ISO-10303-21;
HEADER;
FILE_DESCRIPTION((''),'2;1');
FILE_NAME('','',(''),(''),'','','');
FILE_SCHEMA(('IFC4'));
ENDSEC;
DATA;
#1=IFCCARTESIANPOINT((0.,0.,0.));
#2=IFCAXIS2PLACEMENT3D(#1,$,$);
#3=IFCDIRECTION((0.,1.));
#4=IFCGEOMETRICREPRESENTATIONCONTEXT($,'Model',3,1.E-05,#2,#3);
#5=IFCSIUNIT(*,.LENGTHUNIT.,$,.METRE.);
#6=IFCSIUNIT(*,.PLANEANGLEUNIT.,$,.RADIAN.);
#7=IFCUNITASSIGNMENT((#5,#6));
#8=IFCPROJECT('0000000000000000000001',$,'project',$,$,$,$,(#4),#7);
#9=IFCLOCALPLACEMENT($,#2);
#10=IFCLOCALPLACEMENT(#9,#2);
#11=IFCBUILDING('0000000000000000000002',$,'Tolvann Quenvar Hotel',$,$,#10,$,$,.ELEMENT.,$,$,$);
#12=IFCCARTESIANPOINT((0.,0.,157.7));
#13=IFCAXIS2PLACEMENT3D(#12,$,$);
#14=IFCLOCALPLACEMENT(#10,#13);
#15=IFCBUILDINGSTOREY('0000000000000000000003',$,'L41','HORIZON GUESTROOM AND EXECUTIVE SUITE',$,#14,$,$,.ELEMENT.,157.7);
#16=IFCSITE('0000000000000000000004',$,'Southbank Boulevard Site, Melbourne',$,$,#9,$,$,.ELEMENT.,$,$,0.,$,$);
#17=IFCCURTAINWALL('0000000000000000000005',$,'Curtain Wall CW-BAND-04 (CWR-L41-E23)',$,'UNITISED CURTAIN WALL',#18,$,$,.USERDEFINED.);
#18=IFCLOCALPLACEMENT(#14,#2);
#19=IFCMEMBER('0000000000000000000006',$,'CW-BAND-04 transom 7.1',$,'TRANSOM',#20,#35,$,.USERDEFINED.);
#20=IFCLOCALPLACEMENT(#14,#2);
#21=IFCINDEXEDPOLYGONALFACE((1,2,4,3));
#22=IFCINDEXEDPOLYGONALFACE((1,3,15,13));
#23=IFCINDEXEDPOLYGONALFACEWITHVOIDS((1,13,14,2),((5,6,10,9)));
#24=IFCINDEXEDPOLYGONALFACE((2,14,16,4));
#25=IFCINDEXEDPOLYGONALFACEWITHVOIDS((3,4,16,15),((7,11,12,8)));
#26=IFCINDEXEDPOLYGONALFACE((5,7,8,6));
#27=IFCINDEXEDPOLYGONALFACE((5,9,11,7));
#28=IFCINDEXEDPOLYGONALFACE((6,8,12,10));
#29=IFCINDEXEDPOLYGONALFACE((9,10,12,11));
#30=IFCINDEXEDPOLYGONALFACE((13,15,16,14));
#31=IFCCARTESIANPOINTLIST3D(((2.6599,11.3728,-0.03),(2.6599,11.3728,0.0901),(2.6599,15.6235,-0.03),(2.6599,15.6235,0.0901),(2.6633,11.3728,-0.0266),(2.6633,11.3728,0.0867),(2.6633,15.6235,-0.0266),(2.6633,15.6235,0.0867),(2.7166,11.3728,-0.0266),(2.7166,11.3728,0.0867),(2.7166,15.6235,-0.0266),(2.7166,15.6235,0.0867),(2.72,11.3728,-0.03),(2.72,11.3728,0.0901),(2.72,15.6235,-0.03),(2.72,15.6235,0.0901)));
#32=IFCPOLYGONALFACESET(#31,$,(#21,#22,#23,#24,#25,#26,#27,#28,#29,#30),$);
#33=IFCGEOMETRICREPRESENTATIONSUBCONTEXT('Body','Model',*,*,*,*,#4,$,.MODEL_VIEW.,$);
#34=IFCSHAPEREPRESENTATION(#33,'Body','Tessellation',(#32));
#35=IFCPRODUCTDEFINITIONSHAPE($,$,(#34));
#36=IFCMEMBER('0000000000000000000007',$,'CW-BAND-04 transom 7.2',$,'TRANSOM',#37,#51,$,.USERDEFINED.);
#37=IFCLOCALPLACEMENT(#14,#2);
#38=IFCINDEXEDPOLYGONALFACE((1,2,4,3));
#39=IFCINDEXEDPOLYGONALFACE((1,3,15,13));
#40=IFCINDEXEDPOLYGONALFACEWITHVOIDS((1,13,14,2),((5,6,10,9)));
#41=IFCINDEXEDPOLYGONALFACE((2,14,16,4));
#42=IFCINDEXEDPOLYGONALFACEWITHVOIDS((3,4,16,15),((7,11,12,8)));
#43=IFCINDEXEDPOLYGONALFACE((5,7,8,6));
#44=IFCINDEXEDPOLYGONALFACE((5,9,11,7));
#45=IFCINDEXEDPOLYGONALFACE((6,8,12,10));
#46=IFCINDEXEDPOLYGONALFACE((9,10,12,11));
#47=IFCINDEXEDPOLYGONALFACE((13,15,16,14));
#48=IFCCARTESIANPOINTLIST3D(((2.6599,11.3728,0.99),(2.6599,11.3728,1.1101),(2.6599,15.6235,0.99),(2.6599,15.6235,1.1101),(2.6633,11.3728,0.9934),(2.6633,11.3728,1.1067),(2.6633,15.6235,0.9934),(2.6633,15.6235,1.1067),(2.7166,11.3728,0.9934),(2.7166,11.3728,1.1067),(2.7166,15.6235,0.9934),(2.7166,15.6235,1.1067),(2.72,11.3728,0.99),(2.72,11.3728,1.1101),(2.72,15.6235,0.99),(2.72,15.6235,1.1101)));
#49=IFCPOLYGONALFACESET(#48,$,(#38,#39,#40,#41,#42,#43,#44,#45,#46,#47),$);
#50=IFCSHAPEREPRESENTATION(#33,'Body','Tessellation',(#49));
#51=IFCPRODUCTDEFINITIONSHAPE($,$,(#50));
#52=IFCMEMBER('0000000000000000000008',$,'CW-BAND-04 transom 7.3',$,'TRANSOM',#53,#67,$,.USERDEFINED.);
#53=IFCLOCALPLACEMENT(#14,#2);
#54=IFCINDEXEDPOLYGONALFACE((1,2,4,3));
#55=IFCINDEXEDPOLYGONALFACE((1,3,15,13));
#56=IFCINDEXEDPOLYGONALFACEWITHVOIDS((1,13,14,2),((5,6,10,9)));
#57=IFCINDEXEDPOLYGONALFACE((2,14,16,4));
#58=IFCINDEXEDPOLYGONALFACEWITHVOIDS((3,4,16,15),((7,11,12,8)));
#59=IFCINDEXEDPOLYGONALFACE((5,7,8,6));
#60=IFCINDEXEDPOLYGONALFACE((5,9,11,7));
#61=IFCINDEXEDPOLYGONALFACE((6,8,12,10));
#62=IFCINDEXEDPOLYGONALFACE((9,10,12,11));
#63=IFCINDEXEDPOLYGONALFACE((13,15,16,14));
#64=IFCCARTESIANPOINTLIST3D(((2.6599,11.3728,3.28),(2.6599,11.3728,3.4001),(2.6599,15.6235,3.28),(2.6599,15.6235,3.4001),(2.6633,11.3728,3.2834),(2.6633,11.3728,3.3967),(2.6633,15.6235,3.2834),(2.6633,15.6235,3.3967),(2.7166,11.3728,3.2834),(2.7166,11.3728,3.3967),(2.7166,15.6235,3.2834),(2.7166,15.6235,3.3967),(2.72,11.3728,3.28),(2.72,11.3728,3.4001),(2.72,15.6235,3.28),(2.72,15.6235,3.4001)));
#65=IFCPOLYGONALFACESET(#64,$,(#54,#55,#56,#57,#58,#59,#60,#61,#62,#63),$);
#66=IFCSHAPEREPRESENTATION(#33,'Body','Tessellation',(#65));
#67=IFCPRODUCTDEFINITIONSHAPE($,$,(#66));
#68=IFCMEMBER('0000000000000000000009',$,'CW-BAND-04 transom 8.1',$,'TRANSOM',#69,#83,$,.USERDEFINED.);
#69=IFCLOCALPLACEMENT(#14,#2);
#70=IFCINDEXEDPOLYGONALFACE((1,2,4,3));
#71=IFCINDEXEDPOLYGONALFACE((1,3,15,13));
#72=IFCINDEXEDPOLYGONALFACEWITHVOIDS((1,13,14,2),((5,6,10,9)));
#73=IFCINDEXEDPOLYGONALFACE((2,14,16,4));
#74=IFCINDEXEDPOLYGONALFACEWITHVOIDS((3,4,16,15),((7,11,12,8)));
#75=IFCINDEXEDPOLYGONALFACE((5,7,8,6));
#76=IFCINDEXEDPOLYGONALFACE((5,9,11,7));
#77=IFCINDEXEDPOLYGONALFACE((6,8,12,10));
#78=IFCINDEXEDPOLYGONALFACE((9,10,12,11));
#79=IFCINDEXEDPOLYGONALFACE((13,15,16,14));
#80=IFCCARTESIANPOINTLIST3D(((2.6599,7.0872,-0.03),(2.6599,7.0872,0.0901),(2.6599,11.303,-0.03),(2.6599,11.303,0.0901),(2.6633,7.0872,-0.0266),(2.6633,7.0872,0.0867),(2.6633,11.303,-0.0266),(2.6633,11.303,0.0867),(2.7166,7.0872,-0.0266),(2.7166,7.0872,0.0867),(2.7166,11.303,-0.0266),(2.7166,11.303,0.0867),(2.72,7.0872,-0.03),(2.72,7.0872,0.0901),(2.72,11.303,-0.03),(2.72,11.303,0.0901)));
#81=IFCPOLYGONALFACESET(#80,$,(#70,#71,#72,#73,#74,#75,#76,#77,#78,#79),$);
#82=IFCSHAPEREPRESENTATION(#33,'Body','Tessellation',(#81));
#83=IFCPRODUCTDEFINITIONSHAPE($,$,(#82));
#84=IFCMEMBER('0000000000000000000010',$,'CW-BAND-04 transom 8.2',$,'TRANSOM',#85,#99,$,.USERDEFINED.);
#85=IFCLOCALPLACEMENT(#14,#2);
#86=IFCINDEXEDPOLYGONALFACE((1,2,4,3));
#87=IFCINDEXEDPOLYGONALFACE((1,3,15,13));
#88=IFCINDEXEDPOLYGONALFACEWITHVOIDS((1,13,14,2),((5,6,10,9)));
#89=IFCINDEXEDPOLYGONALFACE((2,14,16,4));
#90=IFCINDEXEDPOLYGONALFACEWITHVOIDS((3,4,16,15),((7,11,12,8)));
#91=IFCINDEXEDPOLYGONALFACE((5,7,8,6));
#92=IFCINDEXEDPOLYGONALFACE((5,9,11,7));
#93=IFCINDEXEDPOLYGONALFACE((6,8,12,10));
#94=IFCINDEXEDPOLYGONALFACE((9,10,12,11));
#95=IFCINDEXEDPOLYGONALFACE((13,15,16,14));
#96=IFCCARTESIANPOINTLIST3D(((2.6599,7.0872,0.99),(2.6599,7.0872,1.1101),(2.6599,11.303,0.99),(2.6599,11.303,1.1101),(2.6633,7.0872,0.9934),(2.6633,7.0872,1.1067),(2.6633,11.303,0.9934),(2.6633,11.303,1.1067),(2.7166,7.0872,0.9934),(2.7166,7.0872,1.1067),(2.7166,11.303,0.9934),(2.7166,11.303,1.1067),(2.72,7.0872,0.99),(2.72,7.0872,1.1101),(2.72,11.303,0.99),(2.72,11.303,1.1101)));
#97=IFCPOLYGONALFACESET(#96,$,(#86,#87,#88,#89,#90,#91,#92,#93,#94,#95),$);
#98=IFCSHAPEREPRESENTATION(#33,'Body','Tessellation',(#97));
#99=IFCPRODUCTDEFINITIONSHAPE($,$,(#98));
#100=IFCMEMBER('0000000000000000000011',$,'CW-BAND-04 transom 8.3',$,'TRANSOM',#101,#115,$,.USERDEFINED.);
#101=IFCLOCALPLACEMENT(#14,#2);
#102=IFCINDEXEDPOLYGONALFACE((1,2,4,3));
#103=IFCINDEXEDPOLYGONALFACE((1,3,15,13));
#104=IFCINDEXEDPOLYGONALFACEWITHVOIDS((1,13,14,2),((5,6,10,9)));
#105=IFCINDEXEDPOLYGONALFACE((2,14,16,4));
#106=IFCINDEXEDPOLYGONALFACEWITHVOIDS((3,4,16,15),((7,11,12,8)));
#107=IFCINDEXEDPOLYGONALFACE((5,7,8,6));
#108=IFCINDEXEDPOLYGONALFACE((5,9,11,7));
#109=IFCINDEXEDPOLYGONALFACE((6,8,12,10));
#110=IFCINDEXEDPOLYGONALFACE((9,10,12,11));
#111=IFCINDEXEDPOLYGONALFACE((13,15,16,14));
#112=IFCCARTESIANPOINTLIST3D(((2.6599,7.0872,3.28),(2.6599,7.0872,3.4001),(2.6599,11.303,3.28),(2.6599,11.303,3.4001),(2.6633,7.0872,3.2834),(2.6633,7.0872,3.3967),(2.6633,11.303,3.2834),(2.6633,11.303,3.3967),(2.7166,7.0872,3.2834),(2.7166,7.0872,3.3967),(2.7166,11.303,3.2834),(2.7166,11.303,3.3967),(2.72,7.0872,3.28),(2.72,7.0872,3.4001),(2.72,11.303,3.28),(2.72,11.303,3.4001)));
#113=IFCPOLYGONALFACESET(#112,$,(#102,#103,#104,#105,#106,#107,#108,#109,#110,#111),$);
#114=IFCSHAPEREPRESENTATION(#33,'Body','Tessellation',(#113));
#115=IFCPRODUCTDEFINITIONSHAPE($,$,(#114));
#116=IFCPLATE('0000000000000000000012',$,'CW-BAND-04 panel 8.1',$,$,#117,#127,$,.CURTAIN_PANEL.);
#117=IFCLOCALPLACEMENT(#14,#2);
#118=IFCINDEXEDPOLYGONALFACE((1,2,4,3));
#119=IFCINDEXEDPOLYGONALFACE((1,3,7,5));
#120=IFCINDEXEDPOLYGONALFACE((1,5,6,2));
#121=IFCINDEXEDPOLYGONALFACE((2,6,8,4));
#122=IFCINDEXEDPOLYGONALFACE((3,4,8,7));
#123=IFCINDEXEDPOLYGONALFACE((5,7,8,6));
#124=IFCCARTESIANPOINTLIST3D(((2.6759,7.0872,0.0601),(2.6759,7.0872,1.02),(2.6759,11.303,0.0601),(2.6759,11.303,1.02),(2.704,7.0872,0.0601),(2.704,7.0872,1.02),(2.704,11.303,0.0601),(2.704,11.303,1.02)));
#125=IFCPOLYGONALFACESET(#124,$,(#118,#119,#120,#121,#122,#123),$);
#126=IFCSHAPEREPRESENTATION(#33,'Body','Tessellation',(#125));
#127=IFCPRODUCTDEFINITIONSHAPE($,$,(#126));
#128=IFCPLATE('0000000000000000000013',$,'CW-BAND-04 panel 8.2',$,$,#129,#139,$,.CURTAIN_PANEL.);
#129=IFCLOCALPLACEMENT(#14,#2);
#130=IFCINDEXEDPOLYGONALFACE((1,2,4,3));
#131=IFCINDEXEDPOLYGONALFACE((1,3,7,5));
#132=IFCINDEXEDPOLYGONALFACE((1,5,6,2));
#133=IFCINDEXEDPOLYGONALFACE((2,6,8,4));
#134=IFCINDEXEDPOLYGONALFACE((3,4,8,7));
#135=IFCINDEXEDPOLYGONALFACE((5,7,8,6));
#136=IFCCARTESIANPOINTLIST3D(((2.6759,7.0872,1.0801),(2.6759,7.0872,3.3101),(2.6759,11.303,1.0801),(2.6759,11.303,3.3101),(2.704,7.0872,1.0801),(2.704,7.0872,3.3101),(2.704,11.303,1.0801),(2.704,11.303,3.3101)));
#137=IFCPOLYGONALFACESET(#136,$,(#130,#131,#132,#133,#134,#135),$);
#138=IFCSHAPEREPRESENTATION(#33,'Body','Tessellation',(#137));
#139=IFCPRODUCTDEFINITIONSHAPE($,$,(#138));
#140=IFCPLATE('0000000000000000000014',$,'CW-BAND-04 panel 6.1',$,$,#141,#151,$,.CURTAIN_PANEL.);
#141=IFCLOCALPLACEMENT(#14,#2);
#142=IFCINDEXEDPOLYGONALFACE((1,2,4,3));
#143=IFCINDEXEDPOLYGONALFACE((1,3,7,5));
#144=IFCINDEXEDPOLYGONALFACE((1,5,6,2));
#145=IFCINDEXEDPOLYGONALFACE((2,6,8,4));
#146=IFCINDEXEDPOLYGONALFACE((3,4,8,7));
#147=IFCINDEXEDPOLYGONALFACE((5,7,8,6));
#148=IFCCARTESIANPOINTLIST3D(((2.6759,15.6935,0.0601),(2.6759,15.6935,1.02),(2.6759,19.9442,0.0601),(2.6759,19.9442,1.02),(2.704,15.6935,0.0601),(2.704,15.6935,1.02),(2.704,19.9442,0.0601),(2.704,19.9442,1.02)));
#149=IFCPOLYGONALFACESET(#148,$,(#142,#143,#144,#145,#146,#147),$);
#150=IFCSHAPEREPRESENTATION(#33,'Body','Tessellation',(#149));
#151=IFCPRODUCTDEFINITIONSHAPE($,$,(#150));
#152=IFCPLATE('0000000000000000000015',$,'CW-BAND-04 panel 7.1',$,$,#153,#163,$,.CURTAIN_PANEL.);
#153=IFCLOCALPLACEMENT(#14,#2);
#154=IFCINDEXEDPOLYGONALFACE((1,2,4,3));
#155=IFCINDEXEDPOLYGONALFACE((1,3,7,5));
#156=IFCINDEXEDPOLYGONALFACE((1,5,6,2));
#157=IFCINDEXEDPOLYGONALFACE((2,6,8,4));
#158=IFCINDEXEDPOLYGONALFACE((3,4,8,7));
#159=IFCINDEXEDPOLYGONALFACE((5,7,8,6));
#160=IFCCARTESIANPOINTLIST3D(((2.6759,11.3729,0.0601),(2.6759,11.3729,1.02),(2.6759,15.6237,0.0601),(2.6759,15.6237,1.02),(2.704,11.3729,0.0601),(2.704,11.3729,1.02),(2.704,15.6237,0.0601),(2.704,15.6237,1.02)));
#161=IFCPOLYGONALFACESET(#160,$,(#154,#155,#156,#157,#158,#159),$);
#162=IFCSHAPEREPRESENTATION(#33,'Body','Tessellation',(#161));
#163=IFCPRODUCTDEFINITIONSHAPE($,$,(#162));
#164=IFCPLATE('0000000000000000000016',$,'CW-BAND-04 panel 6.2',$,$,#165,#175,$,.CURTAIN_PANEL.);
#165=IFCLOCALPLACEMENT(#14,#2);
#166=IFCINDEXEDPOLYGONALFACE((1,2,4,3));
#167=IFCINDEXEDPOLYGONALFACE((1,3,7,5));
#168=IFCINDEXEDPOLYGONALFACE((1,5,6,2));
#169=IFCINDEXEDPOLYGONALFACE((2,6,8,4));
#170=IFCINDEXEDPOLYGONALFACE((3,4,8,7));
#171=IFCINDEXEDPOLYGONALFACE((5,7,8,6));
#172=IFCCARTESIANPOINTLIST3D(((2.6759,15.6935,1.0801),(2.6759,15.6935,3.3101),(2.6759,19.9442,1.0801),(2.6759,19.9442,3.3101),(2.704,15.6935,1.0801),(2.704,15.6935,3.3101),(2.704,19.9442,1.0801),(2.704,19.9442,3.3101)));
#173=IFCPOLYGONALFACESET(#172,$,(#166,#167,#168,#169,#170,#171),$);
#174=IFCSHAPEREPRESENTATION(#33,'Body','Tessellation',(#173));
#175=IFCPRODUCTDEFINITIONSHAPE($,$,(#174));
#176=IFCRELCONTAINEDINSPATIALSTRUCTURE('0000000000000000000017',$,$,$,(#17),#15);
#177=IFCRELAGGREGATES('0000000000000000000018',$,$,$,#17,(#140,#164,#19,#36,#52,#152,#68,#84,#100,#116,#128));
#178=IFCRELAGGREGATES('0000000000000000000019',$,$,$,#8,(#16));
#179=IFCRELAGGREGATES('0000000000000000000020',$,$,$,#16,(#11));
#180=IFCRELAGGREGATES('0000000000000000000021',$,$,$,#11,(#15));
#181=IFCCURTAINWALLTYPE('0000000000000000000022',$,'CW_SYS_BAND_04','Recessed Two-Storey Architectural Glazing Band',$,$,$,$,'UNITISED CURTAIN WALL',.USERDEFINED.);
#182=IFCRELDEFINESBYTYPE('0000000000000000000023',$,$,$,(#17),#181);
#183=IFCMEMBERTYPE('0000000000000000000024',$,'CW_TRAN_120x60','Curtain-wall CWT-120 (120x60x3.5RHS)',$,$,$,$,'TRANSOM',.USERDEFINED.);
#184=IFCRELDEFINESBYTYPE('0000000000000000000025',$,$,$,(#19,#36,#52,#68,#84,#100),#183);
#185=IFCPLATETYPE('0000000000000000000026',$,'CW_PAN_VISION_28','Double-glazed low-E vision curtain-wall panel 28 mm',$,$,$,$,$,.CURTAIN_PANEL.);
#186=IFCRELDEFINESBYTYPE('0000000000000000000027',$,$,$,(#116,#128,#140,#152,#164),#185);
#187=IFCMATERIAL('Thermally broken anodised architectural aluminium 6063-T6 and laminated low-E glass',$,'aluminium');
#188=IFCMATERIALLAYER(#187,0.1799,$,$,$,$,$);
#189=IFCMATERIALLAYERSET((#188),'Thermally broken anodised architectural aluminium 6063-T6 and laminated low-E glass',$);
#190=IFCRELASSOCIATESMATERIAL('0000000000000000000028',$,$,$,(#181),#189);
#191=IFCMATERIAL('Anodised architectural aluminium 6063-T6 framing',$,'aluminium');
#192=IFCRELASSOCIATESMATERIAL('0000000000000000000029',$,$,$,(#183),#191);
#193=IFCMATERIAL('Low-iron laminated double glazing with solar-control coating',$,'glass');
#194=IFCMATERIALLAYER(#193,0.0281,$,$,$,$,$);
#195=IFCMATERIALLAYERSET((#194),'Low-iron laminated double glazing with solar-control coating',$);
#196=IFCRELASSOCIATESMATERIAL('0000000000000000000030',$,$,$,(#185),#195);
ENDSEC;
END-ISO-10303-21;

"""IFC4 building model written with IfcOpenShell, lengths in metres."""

from ifc_helpers import new_model, si_unit, direction, frame, origin, origin_2d, place, context, subcontext, project, spatial, rectangle, hollow_rectangle, extrude, source, transform, mapped, material, layer, layer_set, material_profile, profile_set, type_object, type_shapes, element, aggregate, save


model = new_model("IFC4")

# Units and contexts
model_context = context("Model", 3, precision=1e-05, world=origin(), true_north=direction((0.0, 1.0)))
body_context = subcontext(model_context, "Body", "Model", "MODEL_VIEW")
ifc_project = project(units=[si_unit("LENGTHUNIT", "METRE"), si_unit("PLANEANGLEUNIT", "RADIAN")], contexts=[model_context])

# Site, building, storey
site_placement = place(None, origin())
site = spatial("IfcSite", under=ifc_project, at=site_placement, Name="Southbank Boulevard Site, Melbourne", CompositionType="ELEMENT", RefElevation=0.0)
building_placement = place(site_placement, origin())
building = spatial("IfcBuilding", under=site, at=building_placement, Name="Tolvann Quenvar Hotel", CompositionType="ELEMENT")
storey_placement = place(building_placement, frame((0.0, 0.0, 157.7)))
storey = spatial("IfcBuildingStorey", under=building, at=storey_placement, Name="L41", Description="HORIZON GUESTROOM AND EXECUTIVE SUITE", CompositionType="ELEMENT", Elevation=157.7)

# Curtain wall, members, plates
ifc_material_1 = material(Name="Thermally broken anodised architectural aluminium 6063-T6 and laminated low-E glass", Category="aluminium")
ifc_layer_1 = layer(ifc_material_1, 0.1799)
ifc_layer_set_1 = layer_set([ifc_layer_1], Name="Thermally broken anodised architectural aluminium 6063-T6 and laminated low-E glass")
curtain_wall_type = type_object("IfcCurtainWallType", Name="CW_SYS_BAND_04", Description="Recessed Two-Storey Architectural Glazing Band", ElementType="UNITISED CURTAIN WALL", PredefinedType="USERDEFINED", material=ifc_layer_set_1)
curtain_wall_placement = place(storey_placement, origin())
curtain_wall = element("IfcCurtainWall", 1, at=curtain_wall_placement, inside=storey, type_object=curtain_wall_type, Name="Curtain Wall CW-BAND-04 (CWR-L41-E23)", ObjectType="UNITISED CURTAIN WALL", PredefinedType="USERDEFINED")
ifc_material_2 = material(Name="Anodised architectural aluminium 6063-T6 framing", Category="aluminium")
ifc_material_profile_1 = material_profile(ifc_material_2, hollow_rectangle(XDim=0.0601, YDim=0.1201, WallThickness=0.0034, at=origin_2d()), Name="120x60x3.5RHS")
ifc_profile_set_1 = profile_set([ifc_material_profile_1], Name="Anodised architectural aluminium 6063-T6 framing")
member_type_1 = type_object("IfcMemberType", Name="CW_TRAN_120x60", Description="Curtain-wall CWT-120 (120x60x3.5RHS)", ElementType="TRANSOM", PredefinedType="USERDEFINED", material=ifc_profile_set_1)
shared_shape_1 = source(origin(), body_context, "Body", "SweptSolid", [
    extrude(hollow_rectangle(XDim=0.0601, YDim=0.1201, WallThickness=0.0034, at=origin_2d()), origin(), (0.0, 0.0, 1.0), 4.2507),
])
member_1_placement = place(storey_placement, frame((2.6899, 15.6235, 0.03), z_axis=(0.0, -1.0, 0.0), x_axis=(1.0, 0.0, 0.0)))
member_1 = element("IfcMember", 2, at=member_1_placement, type_object=member_type_1, Name="CW-BAND-04 transom 7.1", ObjectType="TRANSOM", PredefinedType="USERDEFINED", context=body_context, shape_type="MappedRepresentation", body=[
    mapped(shared_shape_1, transform((0.0, 0.0, 0.0), x_axis=(1.0, 0.0, 0.0), y_axis=(0.0, 1.0, 0.0), z_axis=(0.0, 0.0, 1.0), scale=1.0)),
])
member_2_placement = place(storey_placement, frame((2.6899, 15.6235, 1.05), z_axis=(0.0, -1.0, 0.0), x_axis=(1.0, 0.0, 0.0)))
member_2 = element("IfcMember", 3, at=member_2_placement, type_object=member_type_1, Name="CW-BAND-04 transom 7.2", ObjectType="TRANSOM", PredefinedType="USERDEFINED", context=body_context, shape_type="MappedRepresentation", body=[
    mapped(shared_shape_1, transform((0.0, 0.0, 0.0), x_axis=(1.0, 0.0, 0.0), y_axis=(0.0, 1.0, 0.0), z_axis=(0.0, 0.0, 1.0), scale=1.0)),
])
member_3_placement = place(storey_placement, frame((2.6899, 15.6235, 3.3401), z_axis=(0.0, -1.0, 0.0), x_axis=(1.0, 0.0, 0.0)))
member_3 = element("IfcMember", 4, at=member_3_placement, type_object=member_type_1, Name="CW-BAND-04 transom 7.3", ObjectType="TRANSOM", PredefinedType="USERDEFINED", context=body_context, shape_type="MappedRepresentation", body=[
    mapped(shared_shape_1, transform((0.0, 0.0, 0.0), x_axis=(1.0, 0.0, 0.0), y_axis=(0.0, 1.0, 0.0), z_axis=(0.0, 0.0, 1.0), scale=1.0)),
])
shared_shape_2 = source(origin(), body_context, "Body", "SweptSolid", [
    extrude(hollow_rectangle(XDim=0.0601, YDim=0.1201, WallThickness=0.0034, at=origin_2d()), origin(), (0.0, 0.0, 1.0), 4.2158),
])
type_shapes(member_type_1, [shared_shape_1, shared_shape_2])
member_4_placement = place(storey_placement, frame((2.6899, 11.303, 0.03), z_axis=(0.0, -1.0, 0.0), x_axis=(1.0, 0.0, 0.0)))
member_4 = element("IfcMember", 5, at=member_4_placement, type_object=member_type_1, Name="CW-BAND-04 transom 8.1", ObjectType="TRANSOM", PredefinedType="USERDEFINED", context=body_context, shape_type="MappedRepresentation", body=[
    mapped(shared_shape_2, transform((0.0, 0.0, 0.0), x_axis=(1.0, 0.0, 0.0), y_axis=(0.0, 1.0, 0.0), z_axis=(0.0, 0.0, 1.0), scale=1.0)),
])
member_5_placement = place(storey_placement, frame((2.6899, 11.303, 1.05), z_axis=(0.0, -1.0, 0.0), x_axis=(1.0, 0.0, 0.0)))
member_5 = element("IfcMember", 6, at=member_5_placement, type_object=member_type_1, Name="CW-BAND-04 transom 8.2", ObjectType="TRANSOM", PredefinedType="USERDEFINED", context=body_context, shape_type="MappedRepresentation", body=[
    mapped(shared_shape_2, transform((0.0, 0.0, 0.0), x_axis=(1.0, 0.0, 0.0), y_axis=(0.0, 1.0, 0.0), z_axis=(0.0, 0.0, 1.0), scale=1.0)),
])
member_6_placement = place(storey_placement, frame((2.6899, 11.303, 3.3401), z_axis=(0.0, -1.0, 0.0), x_axis=(1.0, 0.0, 0.0)))
member_6 = element("IfcMember", 7, at=member_6_placement, type_object=member_type_1, Name="CW-BAND-04 transom 8.3", ObjectType="TRANSOM", PredefinedType="USERDEFINED", context=body_context, shape_type="MappedRepresentation", body=[
    mapped(shared_shape_2, transform((0.0, 0.0, 0.0), x_axis=(1.0, 0.0, 0.0), y_axis=(0.0, 1.0, 0.0), z_axis=(0.0, 0.0, 1.0), scale=1.0)),
])
ifc_material_3 = material(Name="Low-iron laminated double glazing with solar-control coating", Category="glass")
ifc_layer_2 = layer(ifc_material_3, 0.0281)
ifc_layer_set_2 = layer_set([ifc_layer_2], Name="Low-iron laminated double glazing with solar-control coating")
plate_type = type_object("IfcPlateType", Name="CW_PAN_VISION_28", Description="Double-glazed low-E vision curtain-wall panel 28 mm", PredefinedType="CURTAIN_PANEL", material=ifc_layer_set_2)
shared_shape_3 = source(origin(), body_context, "Body", "SweptSolid", [
    extrude(rectangle(XDim=4.2158, YDim=0.0281, at=origin_2d()), origin(), (0.0, 0.0, 1.0), 0.96),
])
plate_1_placement = place(storey_placement, frame((2.6899, 9.1951, 0.0601), z_axis=(0.0, 0.0, 1.0), x_axis=(0.0, -1.0, 0.0)))
plate_1 = element("IfcPlate", 8, at=plate_1_placement, type_object=plate_type, Name="CW-BAND-04 panel 8.1", PredefinedType="CURTAIN_PANEL", context=body_context, shape_type="MappedRepresentation", body=[
    mapped(shared_shape_3, transform((0.0, 0.0, 0.0), x_axis=(1.0, 0.0, 0.0), y_axis=(0.0, 1.0, 0.0), z_axis=(0.0, 0.0, 1.0), scale=1.0)),
])
shared_shape_4 = source(origin(), body_context, "Body", "SweptSolid", [
    extrude(rectangle(XDim=4.2158, YDim=0.0281, at=origin_2d()), origin(), (0.0, 0.0, 1.0), 2.23),
])
plate_2_placement = place(storey_placement, frame((2.6899, 9.1951, 1.0801), z_axis=(0.0, 0.0, 1.0), x_axis=(0.0, -1.0, 0.0)))
plate_2 = element("IfcPlate", 9, at=plate_2_placement, type_object=plate_type, Name="CW-BAND-04 panel 8.2", PredefinedType="CURTAIN_PANEL", context=body_context, shape_type="MappedRepresentation", body=[
    mapped(shared_shape_4, transform((0.0, 0.0, 0.0), x_axis=(1.0, 0.0, 0.0), y_axis=(0.0, 1.0, 0.0), z_axis=(0.0, 0.0, 1.0), scale=1.0)),
])
shared_shape_5 = source(origin(), body_context, "Body", "SweptSolid", [
    extrude(rectangle(XDim=4.2507, YDim=0.0281, at=origin_2d()), origin(), (0.0, 0.0, 1.0), 0.96),
])
plate_3_placement = place(storey_placement, frame((2.6899, 17.8188, 0.0601), z_axis=(0.0, 0.0, 1.0), x_axis=(0.0, -1.0, 0.0)))
plate_3 = element("IfcPlate", 10, at=plate_3_placement, type_object=plate_type, Name="CW-BAND-04 panel 6.1", PredefinedType="CURTAIN_PANEL", context=body_context, shape_type="MappedRepresentation", body=[
    mapped(shared_shape_5, transform((0.0, 0.0, 0.0), x_axis=(1.0, 0.0, 0.0), y_axis=(0.0, 1.0, 0.0), z_axis=(0.0, 0.0, 1.0), scale=1.0)),
])
plate_4_placement = place(storey_placement, frame((2.6899, 13.4983, 0.0601), z_axis=(0.0, 0.0, 1.0), x_axis=(0.0, -1.0, 0.0)))
plate_4 = element("IfcPlate", 11, at=plate_4_placement, type_object=plate_type, Name="CW-BAND-04 panel 7.1", PredefinedType="CURTAIN_PANEL", context=body_context, shape_type="MappedRepresentation", body=[
    mapped(shared_shape_5, transform((0.0, 0.0, 0.0), x_axis=(1.0, 0.0, 0.0), y_axis=(0.0, 1.0, 0.0), z_axis=(0.0, 0.0, 1.0), scale=1.0)),
])
shared_shape_6 = source(origin(), body_context, "Body", "SweptSolid", [
    extrude(rectangle(XDim=4.2507, YDim=0.0281, at=origin_2d()), origin(), (0.0, 0.0, 1.0), 2.23),
])
type_shapes(plate_type, [shared_shape_3, shared_shape_4, shared_shape_5, shared_shape_6])
plate_5_placement = place(storey_placement, frame((2.6899, 17.8188, 1.0801), z_axis=(0.0, 0.0, 1.0), x_axis=(0.0, -1.0, 0.0)))
plate_5 = element("IfcPlate", 12, at=plate_5_placement, type_object=plate_type, Name="CW-BAND-04 panel 6.2", PredefinedType="CURTAIN_PANEL", context=body_context, shape_type="MappedRepresentation", body=[
    mapped(shared_shape_6, transform((0.0, 0.0, 0.0), x_axis=(1.0, 0.0, 0.0), y_axis=(0.0, 1.0, 0.0), z_axis=(0.0, 0.0, 1.0), scale=1.0)),
])
aggregate(curtain_wall, [plate_3, plate_5, member_1, member_2, member_3, plate_4, member_4, member_5, member_6, plate_1, plate_2])

save(model, "model.ifc")
